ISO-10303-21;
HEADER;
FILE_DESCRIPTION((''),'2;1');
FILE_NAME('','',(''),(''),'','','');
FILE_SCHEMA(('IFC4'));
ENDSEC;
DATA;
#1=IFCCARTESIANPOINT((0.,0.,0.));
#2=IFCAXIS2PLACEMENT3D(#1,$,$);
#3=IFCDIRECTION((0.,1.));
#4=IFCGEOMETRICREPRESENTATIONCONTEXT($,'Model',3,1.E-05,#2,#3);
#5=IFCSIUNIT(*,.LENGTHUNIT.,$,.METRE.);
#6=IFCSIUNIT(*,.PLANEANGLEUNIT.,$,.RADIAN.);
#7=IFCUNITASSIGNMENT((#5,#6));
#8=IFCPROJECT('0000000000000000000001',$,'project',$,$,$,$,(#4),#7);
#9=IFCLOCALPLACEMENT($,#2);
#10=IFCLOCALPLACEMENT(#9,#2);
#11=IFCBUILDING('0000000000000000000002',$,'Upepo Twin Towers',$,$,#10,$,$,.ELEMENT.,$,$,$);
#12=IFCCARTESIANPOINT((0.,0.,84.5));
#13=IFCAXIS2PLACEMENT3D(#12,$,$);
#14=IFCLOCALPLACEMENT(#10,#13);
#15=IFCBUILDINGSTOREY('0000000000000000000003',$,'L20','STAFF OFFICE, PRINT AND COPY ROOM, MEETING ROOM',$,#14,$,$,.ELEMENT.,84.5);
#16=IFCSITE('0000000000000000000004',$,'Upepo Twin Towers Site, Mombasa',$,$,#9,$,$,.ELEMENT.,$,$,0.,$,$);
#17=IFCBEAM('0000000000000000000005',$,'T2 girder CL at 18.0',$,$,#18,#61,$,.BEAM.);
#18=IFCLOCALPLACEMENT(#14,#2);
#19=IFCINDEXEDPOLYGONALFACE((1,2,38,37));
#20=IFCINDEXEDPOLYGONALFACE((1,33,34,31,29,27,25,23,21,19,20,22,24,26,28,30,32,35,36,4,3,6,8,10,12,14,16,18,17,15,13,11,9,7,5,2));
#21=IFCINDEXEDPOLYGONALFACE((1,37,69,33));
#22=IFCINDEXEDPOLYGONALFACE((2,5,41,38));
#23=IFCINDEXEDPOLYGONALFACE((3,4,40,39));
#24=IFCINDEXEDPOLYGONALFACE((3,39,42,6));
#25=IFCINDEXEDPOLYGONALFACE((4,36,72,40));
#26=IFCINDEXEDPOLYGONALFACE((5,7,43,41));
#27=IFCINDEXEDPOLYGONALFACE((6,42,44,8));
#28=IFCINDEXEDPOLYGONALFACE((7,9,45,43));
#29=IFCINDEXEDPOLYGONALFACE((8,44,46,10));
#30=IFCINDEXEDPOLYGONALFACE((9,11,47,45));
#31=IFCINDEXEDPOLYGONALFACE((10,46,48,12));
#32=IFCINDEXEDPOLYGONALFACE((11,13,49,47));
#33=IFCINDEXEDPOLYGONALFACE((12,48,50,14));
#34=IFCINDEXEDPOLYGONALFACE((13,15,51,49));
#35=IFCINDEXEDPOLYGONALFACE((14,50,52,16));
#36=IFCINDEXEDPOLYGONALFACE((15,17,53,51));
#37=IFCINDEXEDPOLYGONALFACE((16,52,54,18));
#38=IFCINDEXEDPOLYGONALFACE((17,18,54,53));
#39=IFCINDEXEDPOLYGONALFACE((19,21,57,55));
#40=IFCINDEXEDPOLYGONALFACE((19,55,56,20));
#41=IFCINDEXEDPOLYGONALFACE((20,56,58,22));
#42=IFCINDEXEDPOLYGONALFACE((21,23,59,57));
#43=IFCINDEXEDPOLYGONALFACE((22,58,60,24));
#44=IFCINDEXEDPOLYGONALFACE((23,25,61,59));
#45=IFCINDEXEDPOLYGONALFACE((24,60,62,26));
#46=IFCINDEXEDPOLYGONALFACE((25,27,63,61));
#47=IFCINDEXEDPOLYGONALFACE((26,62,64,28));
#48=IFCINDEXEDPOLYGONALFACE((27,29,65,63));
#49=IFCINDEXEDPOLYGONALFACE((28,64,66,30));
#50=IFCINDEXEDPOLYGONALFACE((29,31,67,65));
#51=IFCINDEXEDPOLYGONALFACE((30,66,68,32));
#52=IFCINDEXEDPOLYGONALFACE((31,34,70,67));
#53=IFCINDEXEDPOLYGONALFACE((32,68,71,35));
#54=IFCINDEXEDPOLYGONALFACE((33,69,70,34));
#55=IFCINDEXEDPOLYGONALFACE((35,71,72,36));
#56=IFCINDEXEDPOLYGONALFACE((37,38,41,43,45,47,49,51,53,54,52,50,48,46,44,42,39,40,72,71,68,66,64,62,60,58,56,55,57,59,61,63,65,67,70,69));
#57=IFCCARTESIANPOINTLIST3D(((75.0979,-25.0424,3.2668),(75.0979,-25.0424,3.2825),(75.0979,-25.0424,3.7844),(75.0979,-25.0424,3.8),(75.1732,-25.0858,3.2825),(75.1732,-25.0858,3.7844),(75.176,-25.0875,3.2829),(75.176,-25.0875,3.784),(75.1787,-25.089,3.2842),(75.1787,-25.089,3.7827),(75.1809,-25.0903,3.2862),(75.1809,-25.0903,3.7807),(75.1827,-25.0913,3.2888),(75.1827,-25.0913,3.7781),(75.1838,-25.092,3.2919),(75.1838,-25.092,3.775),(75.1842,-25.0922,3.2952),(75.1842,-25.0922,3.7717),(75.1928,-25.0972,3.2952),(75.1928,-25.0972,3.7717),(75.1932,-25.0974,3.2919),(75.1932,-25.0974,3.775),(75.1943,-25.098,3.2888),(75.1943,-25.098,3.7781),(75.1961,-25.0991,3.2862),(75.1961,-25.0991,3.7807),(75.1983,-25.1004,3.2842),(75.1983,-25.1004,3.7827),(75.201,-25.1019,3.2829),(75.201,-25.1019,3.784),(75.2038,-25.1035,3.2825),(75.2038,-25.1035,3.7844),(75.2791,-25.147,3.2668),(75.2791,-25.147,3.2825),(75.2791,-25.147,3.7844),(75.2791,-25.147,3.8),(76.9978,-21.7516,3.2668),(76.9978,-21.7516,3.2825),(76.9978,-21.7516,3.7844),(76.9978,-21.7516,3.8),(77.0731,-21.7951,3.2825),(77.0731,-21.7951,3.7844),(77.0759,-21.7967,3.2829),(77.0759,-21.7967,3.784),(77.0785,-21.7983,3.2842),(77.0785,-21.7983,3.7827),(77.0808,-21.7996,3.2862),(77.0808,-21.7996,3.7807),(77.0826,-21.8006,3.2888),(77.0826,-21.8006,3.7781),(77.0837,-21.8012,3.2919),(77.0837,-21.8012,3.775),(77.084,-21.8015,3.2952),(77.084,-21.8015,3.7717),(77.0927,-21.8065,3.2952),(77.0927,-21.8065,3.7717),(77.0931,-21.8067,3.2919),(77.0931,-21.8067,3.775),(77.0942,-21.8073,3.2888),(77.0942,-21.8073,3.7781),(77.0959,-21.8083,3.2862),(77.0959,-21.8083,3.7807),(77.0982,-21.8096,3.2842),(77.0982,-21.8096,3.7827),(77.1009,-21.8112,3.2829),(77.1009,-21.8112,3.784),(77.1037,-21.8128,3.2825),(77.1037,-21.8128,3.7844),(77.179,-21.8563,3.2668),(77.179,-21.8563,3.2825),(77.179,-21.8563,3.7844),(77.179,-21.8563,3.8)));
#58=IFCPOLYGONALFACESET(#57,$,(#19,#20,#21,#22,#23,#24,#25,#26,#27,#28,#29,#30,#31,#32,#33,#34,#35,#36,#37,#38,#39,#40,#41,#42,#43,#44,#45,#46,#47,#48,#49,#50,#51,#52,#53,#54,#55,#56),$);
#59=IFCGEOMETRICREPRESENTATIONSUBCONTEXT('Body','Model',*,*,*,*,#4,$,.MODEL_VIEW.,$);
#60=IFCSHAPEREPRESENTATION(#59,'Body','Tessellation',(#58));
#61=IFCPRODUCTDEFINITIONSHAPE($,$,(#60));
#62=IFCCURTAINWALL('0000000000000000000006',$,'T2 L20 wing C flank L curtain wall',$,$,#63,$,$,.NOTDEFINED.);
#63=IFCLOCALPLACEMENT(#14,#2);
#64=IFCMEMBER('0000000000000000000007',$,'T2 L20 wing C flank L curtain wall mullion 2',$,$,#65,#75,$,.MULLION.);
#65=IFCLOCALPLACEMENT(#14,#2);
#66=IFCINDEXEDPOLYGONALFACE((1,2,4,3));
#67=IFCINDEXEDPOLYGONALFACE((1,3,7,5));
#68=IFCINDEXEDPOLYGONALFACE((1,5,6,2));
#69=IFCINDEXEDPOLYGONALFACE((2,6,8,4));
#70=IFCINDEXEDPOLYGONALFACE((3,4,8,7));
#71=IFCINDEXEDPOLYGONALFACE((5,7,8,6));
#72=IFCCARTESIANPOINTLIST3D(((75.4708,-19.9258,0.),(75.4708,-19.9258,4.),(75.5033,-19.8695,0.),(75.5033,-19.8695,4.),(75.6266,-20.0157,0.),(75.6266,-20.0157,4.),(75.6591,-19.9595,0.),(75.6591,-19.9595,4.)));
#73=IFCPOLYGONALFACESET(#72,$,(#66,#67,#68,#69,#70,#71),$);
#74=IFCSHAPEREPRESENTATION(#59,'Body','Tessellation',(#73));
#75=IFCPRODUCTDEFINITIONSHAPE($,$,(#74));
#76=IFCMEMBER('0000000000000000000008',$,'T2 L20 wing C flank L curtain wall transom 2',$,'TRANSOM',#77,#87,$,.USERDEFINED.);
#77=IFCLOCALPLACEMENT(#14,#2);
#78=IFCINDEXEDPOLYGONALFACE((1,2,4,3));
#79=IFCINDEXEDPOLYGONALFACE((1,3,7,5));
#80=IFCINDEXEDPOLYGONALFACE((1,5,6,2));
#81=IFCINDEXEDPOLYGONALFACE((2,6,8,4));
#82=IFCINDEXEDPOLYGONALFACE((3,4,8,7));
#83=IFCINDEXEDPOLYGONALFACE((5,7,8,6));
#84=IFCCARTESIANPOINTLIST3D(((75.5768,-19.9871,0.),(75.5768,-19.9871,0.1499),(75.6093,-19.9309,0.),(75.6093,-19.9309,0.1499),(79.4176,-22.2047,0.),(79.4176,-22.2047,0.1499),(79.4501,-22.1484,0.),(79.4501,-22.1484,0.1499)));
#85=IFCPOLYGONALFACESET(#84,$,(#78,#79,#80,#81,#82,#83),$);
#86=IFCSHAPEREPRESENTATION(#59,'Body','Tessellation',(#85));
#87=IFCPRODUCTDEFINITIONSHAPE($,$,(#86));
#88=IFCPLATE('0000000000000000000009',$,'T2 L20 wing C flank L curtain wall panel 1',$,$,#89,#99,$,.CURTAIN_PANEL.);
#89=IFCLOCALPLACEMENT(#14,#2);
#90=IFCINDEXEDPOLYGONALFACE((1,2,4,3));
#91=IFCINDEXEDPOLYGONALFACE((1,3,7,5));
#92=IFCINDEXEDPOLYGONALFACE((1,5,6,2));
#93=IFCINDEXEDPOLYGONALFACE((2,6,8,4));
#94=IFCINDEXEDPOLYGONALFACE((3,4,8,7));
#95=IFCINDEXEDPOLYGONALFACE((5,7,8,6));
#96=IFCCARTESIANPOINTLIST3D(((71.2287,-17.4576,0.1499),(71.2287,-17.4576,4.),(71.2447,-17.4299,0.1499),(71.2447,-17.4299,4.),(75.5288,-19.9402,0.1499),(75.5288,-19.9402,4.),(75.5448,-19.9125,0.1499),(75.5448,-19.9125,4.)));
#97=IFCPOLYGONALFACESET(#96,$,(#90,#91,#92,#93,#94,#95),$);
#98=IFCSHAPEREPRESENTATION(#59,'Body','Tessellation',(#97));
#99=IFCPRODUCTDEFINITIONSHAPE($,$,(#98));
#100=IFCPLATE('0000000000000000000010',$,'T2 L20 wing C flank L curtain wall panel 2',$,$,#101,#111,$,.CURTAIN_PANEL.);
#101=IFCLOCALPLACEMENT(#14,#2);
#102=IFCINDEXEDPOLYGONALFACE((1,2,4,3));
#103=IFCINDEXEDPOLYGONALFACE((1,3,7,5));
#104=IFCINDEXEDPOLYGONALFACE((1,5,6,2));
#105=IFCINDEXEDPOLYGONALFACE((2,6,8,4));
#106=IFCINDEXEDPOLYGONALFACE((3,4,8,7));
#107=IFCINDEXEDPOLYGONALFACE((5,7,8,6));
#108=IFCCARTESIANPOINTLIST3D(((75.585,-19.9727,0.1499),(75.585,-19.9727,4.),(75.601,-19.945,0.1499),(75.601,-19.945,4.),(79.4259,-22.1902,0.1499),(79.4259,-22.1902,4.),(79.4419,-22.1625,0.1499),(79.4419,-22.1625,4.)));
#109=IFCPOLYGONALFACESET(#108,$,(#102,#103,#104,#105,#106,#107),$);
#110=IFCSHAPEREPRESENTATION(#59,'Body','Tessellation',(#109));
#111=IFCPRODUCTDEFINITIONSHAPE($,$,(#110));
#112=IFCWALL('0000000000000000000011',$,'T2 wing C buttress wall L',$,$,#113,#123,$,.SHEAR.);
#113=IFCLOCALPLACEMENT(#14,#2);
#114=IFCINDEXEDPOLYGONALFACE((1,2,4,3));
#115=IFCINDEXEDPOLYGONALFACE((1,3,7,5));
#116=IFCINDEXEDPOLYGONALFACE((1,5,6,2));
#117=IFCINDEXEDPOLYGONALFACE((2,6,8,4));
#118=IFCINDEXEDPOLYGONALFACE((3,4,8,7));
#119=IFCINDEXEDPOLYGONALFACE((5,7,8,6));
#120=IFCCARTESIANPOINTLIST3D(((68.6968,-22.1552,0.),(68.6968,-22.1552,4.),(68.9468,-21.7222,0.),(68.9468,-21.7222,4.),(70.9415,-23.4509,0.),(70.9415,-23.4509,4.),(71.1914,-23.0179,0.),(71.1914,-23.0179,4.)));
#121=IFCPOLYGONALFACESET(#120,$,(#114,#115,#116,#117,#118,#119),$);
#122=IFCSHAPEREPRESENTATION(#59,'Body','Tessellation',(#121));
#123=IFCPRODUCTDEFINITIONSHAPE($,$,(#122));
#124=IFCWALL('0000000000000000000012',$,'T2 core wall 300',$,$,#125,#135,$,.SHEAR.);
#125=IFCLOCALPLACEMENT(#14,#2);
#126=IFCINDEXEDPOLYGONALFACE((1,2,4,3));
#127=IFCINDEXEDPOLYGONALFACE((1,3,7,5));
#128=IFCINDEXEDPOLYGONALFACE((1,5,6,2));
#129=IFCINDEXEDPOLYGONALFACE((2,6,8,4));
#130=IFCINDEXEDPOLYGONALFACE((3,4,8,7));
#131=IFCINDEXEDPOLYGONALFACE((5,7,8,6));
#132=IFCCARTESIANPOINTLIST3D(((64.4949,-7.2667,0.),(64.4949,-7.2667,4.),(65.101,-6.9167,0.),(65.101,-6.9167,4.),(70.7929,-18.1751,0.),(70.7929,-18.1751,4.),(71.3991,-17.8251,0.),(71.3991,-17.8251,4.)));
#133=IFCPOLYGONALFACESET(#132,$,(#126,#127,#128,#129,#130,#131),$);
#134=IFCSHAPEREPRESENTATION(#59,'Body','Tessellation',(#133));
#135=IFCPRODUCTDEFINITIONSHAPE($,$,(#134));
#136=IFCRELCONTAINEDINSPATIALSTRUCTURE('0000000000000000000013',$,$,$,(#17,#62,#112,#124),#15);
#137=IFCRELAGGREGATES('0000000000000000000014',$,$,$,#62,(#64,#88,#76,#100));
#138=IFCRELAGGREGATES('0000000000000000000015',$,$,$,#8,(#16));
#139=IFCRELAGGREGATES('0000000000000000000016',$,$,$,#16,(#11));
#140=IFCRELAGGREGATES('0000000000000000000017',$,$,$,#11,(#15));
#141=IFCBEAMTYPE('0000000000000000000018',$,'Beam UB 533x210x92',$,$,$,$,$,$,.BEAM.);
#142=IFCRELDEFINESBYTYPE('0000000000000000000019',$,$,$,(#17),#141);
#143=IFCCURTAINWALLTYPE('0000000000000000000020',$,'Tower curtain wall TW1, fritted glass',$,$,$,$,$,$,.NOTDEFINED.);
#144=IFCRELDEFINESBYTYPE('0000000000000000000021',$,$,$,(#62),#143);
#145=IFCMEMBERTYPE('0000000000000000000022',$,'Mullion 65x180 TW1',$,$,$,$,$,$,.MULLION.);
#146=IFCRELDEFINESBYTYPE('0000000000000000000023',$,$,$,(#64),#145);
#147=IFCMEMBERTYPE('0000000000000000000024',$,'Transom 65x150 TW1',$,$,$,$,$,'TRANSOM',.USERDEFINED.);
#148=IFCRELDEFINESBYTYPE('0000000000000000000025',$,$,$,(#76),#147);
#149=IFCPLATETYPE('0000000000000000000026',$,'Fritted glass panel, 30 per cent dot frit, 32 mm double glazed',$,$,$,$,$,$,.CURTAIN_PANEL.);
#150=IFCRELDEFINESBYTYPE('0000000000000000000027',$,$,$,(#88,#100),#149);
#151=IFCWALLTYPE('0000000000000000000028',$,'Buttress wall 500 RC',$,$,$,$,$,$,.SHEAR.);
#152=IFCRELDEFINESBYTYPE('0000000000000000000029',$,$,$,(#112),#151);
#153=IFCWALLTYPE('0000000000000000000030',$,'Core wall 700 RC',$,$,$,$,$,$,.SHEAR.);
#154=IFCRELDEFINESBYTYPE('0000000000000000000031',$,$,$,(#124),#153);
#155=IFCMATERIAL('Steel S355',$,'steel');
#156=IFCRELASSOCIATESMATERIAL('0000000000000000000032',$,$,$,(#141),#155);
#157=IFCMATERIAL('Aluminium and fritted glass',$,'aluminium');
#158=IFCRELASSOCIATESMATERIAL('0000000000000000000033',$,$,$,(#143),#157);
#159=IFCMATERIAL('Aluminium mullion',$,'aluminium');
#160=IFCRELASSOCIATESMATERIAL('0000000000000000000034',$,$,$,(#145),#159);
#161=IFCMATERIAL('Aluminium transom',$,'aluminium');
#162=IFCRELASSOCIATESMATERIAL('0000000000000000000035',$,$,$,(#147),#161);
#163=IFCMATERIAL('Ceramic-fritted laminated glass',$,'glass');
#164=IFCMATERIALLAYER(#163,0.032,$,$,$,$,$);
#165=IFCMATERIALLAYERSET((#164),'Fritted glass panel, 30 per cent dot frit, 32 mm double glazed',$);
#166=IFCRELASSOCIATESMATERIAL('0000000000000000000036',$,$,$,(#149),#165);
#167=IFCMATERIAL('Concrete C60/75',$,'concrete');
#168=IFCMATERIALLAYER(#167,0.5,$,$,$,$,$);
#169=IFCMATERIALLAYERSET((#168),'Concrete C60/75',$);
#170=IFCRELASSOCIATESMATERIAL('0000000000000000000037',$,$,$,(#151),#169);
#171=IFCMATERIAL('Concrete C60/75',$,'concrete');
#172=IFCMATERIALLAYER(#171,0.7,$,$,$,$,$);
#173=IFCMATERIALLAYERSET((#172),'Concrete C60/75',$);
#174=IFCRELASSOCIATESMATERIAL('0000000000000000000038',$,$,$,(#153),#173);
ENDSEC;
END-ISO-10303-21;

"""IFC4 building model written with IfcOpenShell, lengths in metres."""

from ifc_helpers import new_model, si_unit, direction, frame, frame_2d, origin, origin_2d, place, context, subcontext, project, spatial, rectangle, i_section, extrude, material, layer, layer_set, material_profile, profile_set, type_object, element, aggregate, save


model = new_model("IFC4")

# Units and contexts
model_context = context("Model", 3, precision=1e-05, world=origin(), true_north=direction((0.0, 1.0)))
body_context = subcontext(model_context, "Body", "Model", "MODEL_VIEW")
ifc_project = project(units=[si_unit("LENGTHUNIT", "METRE"), si_unit("PLANEANGLEUNIT", "RADIAN")], contexts=[model_context])

# Site, building, storey
site_placement = place(None, origin())
site = spatial("IfcSite", under=ifc_project, at=site_placement, Name="Upepo Twin Towers Site, Mombasa", CompositionType="ELEMENT", RefElevation=0.0)
building_placement = place(site_placement, origin())
building = spatial("IfcBuilding", under=site, at=building_placement, Name="Upepo Twin Towers", CompositionType="ELEMENT")
storey_placement = place(building_placement, frame((0.0, 0.0, 84.5)))
storey = spatial("IfcBuildingStorey", under=building, at=storey_placement, Name="L20", Description="STAFF OFFICE, PRINT AND COPY ROOM, MEETING ROOM", CompositionType="ELEMENT", Elevation=84.5)

# Beam
ifc_material_1 = material(Name="Steel S355", Category="steel")
ifc_material_profile_1 = material_profile(ifc_material_1, i_section(OverallWidth=0.2092, OverallDepth=0.5332, WebThickness=0.01, FlangeThickness=0.0156, FilletRadius=0.0127, at=origin_2d()), Name="UB 533x210x92")
ifc_profile_set_1 = profile_set([ifc_material_profile_1], Name="Steel S355")
beam_type_1 = type_object("IfcBeamType", Name="Beam UB 533x210x92", PredefinedType="BEAM", material=ifc_profile_set_1)
beam_1_placement = place(storey_placement, frame((77.0884, -21.804, 3.5334), z_axis=(-0.499995, -0.866028, 0.0), x_axis=(0.866028, -0.499995, 0.0)))
element("IfcBeam", 1, at=beam_1_placement, inside=storey, type_object=beam_type_1, Name="T2 girder CL at 18.0", PredefinedType="BEAM", context=body_context, shape_type="SweptSolid", body=[
    extrude(i_section(OverallWidth=0.2092, OverallDepth=0.5332, WebThickness=0.01, FlangeThickness=0.0156, FilletRadius=0.0127, at=origin_2d()), origin(), (0.0, 0.0, 1.0), 3.7998),
])

# Curtain wall, members, plates
ifc_material_2 = material(Name="Aluminium and fritted glass", Category="aluminium")
curtain_wall_type = type_object("IfcCurtainWallType", Name="Tower curtain wall TW1, fritted glass", PredefinedType="NOTDEFINED", material=ifc_material_2)
curtain_wall_placement = place(storey_placement, origin())
curtain_wall = element("IfcCurtainWall", 2, at=curtain_wall_placement, inside=storey, type_object=curtain_wall_type, Name="T2 L20 wing C flank L curtain wall", PredefinedType="NOTDEFINED")
ifc_material_3 = material(Name="Aluminium mullion", Category="aluminium")
ifc_material_profile_2 = material_profile(ifc_material_3, rectangle(XDim=0.0649, YDim=0.1799, at=origin_2d()), Name="MULLION 65x180")
ifc_profile_set_2 = profile_set([ifc_material_profile_2], Name="Aluminium mullion")
member_type_1 = type_object("IfcMemberType", Name="Mullion 65x180 TW1", PredefinedType="MULLION", material=ifc_profile_set_2)
member_1_placement = place(storey_placement, frame((75.5649, -19.9426, 0.0), z_axis=(0.0, 0.0, 1.0), x_axis=(0.5, 0.866025, 0.0)))
member_1 = element("IfcMember", 3, at=member_1_placement, type_object=member_type_1, Name="T2 L20 wing C flank L curtain wall mullion 2", PredefinedType="MULLION", context=body_context, shape_type="SweptSolid", body=[
    extrude(rectangle(XDim=0.0649, YDim=0.1799, at=origin_2d()), origin(), (0.0, 0.0, 1.0), 4.0),
])
ifc_material_4 = material(Name="Aluminium transom", Category="aluminium")
ifc_material_profile_3 = material_profile(ifc_material_4, rectangle(XDim=0.0649, YDim=0.1499, at=origin_2d()), Name="TRANSOM 65x150")
ifc_profile_set_3 = profile_set([ifc_material_profile_3], Name="Aluminium transom")
member_type_2 = type_object("IfcMemberType", Name="Transom 65x150 TW1", ElementType="TRANSOM", PredefinedType="USERDEFINED", material=ifc_profile_set_3)
member_2_placement = place(storey_placement, frame((75.593, -19.959, 0.075), z_axis=(0.866022, -0.500005, 0.0), x_axis=(0.500005, 0.866022, 0.0)))
member_2 = element("IfcMember", 4, at=member_2_placement, type_object=member_type_2, Name="T2 L20 wing C flank L curtain wall transom 2", ObjectType="TRANSOM", PredefinedType="USERDEFINED", context=body_context, shape_type="SweptSolid", body=[
    extrude(rectangle(XDim=0.0649, YDim=0.1499, at=origin_2d()), origin(), (0.0, 0.0, 1.0), 4.4351),
])
ifc_material_5 = material(Name="Ceramic-fritted laminated glass", Category="glass")
ifc_layer_1 = layer(ifc_material_5, 0.032)
ifc_layer_set_1 = layer_set([ifc_layer_1], Name="Fritted glass panel, 30 per cent dot frit, 32 mm double glazed")
plate_type = type_object("IfcPlateType", Name="Fritted glass panel, 30 per cent dot frit, 32 mm double glazed", PredefinedType="CURTAIN_PANEL", material=ifc_layer_set_1)
plate_1_placement = place(storey_placement, frame((73.3867, -18.6851, 0.1499), z_axis=(0.0, 0.0, 1.0), x_axis=(0.866025, -0.5, 0.0)))
plate_1 = element("IfcPlate", 5, at=plate_1_placement, type_object=plate_type, Name="T2 L20 wing C flank L curtain wall panel 1", PredefinedType="CURTAIN_PANEL", context=body_context, shape_type="SweptSolid", body=[
    extrude(rectangle(XDim=4.9653, YDim=0.032, at=origin_2d()), origin(), (0.0, 0.0, 1.0), 3.8501),
])
plate_2_placement = place(storey_placement, frame((77.5134, -21.0676, 0.1499), z_axis=(0.0, 0.0, 1.0), x_axis=(0.866025, -0.5, 0.0)))
plate_2 = element("IfcPlate", 6, at=plate_2_placement, type_object=plate_type, Name="T2 L20 wing C flank L curtain wall panel 2", PredefinedType="CURTAIN_PANEL", context=body_context, shape_type="SweptSolid", body=[
    extrude(rectangle(XDim=4.4351, YDim=0.032, at=origin_2d()), origin(), (0.0, 0.0, 1.0), 3.8501),
])
aggregate(curtain_wall, [member_1, plate_1, member_2, plate_2])

# Walls
ifc_material_6 = material(Name="Concrete C60/75", Category="concrete")
ifc_layer_2 = layer(ifc_material_6, 0.5)
ifc_layer_set_2 = layer_set([ifc_layer_2], Name="Concrete C60/75")
wall_type_1 = type_object("IfcWallType", Name="Buttress wall 500 RC", PredefinedType="SHEAR", material=ifc_layer_set_2)
wall_1_placement = place(storey_placement, frame((68.8218, -21.9387, 0.0), z_axis=(0.0, 0.0, 1.0), x_axis=(0.866073, -0.499918, 0.0)))
element("IfcWall", 7, at=wall_1_placement, inside=storey, type_object=wall_type_1, Name="T2 wing C buttress wall L", PredefinedType="SHEAR", context=body_context, shape_type="SweptSolid", body=[
    extrude(rectangle(XDim=2.5918, YDim=0.5, at=frame_2d((1.2959, 0.0))), origin(), (0.0, 0.0, 1.0), 4.0),
])
ifc_material_7 = material(Name="Concrete C60/75", Category="concrete")
ifc_layer_3 = layer(ifc_material_7, 0.7)
ifc_layer_set_3 = layer_set([ifc_layer_3], Name="Concrete C60/75")
wall_type_2 = type_object("IfcWallType", Name="Core wall 700 RC", PredefinedType="SHEAR", material=ifc_layer_set_3)
wall_2_placement = place(storey_placement, frame((71.0959, -18.0, 0.0), z_axis=(0.0, 0.0, 1.0), x_axis=(-0.500006, 0.866022, 0.0)))
element("IfcWall", 8, at=wall_2_placement, inside=storey, type_object=wall_type_2, Name="T2 core wall 300", PredefinedType="SHEAR", context=body_context, shape_type="SweptSolid", body=[
    extrude(rectangle(XDim=12.5959, YDim=0.7, at=frame_2d((6.2979, 0.0))), origin(), (0.0, 0.0, 1.0), 4.0),
])

save(model, "model.ifc")
